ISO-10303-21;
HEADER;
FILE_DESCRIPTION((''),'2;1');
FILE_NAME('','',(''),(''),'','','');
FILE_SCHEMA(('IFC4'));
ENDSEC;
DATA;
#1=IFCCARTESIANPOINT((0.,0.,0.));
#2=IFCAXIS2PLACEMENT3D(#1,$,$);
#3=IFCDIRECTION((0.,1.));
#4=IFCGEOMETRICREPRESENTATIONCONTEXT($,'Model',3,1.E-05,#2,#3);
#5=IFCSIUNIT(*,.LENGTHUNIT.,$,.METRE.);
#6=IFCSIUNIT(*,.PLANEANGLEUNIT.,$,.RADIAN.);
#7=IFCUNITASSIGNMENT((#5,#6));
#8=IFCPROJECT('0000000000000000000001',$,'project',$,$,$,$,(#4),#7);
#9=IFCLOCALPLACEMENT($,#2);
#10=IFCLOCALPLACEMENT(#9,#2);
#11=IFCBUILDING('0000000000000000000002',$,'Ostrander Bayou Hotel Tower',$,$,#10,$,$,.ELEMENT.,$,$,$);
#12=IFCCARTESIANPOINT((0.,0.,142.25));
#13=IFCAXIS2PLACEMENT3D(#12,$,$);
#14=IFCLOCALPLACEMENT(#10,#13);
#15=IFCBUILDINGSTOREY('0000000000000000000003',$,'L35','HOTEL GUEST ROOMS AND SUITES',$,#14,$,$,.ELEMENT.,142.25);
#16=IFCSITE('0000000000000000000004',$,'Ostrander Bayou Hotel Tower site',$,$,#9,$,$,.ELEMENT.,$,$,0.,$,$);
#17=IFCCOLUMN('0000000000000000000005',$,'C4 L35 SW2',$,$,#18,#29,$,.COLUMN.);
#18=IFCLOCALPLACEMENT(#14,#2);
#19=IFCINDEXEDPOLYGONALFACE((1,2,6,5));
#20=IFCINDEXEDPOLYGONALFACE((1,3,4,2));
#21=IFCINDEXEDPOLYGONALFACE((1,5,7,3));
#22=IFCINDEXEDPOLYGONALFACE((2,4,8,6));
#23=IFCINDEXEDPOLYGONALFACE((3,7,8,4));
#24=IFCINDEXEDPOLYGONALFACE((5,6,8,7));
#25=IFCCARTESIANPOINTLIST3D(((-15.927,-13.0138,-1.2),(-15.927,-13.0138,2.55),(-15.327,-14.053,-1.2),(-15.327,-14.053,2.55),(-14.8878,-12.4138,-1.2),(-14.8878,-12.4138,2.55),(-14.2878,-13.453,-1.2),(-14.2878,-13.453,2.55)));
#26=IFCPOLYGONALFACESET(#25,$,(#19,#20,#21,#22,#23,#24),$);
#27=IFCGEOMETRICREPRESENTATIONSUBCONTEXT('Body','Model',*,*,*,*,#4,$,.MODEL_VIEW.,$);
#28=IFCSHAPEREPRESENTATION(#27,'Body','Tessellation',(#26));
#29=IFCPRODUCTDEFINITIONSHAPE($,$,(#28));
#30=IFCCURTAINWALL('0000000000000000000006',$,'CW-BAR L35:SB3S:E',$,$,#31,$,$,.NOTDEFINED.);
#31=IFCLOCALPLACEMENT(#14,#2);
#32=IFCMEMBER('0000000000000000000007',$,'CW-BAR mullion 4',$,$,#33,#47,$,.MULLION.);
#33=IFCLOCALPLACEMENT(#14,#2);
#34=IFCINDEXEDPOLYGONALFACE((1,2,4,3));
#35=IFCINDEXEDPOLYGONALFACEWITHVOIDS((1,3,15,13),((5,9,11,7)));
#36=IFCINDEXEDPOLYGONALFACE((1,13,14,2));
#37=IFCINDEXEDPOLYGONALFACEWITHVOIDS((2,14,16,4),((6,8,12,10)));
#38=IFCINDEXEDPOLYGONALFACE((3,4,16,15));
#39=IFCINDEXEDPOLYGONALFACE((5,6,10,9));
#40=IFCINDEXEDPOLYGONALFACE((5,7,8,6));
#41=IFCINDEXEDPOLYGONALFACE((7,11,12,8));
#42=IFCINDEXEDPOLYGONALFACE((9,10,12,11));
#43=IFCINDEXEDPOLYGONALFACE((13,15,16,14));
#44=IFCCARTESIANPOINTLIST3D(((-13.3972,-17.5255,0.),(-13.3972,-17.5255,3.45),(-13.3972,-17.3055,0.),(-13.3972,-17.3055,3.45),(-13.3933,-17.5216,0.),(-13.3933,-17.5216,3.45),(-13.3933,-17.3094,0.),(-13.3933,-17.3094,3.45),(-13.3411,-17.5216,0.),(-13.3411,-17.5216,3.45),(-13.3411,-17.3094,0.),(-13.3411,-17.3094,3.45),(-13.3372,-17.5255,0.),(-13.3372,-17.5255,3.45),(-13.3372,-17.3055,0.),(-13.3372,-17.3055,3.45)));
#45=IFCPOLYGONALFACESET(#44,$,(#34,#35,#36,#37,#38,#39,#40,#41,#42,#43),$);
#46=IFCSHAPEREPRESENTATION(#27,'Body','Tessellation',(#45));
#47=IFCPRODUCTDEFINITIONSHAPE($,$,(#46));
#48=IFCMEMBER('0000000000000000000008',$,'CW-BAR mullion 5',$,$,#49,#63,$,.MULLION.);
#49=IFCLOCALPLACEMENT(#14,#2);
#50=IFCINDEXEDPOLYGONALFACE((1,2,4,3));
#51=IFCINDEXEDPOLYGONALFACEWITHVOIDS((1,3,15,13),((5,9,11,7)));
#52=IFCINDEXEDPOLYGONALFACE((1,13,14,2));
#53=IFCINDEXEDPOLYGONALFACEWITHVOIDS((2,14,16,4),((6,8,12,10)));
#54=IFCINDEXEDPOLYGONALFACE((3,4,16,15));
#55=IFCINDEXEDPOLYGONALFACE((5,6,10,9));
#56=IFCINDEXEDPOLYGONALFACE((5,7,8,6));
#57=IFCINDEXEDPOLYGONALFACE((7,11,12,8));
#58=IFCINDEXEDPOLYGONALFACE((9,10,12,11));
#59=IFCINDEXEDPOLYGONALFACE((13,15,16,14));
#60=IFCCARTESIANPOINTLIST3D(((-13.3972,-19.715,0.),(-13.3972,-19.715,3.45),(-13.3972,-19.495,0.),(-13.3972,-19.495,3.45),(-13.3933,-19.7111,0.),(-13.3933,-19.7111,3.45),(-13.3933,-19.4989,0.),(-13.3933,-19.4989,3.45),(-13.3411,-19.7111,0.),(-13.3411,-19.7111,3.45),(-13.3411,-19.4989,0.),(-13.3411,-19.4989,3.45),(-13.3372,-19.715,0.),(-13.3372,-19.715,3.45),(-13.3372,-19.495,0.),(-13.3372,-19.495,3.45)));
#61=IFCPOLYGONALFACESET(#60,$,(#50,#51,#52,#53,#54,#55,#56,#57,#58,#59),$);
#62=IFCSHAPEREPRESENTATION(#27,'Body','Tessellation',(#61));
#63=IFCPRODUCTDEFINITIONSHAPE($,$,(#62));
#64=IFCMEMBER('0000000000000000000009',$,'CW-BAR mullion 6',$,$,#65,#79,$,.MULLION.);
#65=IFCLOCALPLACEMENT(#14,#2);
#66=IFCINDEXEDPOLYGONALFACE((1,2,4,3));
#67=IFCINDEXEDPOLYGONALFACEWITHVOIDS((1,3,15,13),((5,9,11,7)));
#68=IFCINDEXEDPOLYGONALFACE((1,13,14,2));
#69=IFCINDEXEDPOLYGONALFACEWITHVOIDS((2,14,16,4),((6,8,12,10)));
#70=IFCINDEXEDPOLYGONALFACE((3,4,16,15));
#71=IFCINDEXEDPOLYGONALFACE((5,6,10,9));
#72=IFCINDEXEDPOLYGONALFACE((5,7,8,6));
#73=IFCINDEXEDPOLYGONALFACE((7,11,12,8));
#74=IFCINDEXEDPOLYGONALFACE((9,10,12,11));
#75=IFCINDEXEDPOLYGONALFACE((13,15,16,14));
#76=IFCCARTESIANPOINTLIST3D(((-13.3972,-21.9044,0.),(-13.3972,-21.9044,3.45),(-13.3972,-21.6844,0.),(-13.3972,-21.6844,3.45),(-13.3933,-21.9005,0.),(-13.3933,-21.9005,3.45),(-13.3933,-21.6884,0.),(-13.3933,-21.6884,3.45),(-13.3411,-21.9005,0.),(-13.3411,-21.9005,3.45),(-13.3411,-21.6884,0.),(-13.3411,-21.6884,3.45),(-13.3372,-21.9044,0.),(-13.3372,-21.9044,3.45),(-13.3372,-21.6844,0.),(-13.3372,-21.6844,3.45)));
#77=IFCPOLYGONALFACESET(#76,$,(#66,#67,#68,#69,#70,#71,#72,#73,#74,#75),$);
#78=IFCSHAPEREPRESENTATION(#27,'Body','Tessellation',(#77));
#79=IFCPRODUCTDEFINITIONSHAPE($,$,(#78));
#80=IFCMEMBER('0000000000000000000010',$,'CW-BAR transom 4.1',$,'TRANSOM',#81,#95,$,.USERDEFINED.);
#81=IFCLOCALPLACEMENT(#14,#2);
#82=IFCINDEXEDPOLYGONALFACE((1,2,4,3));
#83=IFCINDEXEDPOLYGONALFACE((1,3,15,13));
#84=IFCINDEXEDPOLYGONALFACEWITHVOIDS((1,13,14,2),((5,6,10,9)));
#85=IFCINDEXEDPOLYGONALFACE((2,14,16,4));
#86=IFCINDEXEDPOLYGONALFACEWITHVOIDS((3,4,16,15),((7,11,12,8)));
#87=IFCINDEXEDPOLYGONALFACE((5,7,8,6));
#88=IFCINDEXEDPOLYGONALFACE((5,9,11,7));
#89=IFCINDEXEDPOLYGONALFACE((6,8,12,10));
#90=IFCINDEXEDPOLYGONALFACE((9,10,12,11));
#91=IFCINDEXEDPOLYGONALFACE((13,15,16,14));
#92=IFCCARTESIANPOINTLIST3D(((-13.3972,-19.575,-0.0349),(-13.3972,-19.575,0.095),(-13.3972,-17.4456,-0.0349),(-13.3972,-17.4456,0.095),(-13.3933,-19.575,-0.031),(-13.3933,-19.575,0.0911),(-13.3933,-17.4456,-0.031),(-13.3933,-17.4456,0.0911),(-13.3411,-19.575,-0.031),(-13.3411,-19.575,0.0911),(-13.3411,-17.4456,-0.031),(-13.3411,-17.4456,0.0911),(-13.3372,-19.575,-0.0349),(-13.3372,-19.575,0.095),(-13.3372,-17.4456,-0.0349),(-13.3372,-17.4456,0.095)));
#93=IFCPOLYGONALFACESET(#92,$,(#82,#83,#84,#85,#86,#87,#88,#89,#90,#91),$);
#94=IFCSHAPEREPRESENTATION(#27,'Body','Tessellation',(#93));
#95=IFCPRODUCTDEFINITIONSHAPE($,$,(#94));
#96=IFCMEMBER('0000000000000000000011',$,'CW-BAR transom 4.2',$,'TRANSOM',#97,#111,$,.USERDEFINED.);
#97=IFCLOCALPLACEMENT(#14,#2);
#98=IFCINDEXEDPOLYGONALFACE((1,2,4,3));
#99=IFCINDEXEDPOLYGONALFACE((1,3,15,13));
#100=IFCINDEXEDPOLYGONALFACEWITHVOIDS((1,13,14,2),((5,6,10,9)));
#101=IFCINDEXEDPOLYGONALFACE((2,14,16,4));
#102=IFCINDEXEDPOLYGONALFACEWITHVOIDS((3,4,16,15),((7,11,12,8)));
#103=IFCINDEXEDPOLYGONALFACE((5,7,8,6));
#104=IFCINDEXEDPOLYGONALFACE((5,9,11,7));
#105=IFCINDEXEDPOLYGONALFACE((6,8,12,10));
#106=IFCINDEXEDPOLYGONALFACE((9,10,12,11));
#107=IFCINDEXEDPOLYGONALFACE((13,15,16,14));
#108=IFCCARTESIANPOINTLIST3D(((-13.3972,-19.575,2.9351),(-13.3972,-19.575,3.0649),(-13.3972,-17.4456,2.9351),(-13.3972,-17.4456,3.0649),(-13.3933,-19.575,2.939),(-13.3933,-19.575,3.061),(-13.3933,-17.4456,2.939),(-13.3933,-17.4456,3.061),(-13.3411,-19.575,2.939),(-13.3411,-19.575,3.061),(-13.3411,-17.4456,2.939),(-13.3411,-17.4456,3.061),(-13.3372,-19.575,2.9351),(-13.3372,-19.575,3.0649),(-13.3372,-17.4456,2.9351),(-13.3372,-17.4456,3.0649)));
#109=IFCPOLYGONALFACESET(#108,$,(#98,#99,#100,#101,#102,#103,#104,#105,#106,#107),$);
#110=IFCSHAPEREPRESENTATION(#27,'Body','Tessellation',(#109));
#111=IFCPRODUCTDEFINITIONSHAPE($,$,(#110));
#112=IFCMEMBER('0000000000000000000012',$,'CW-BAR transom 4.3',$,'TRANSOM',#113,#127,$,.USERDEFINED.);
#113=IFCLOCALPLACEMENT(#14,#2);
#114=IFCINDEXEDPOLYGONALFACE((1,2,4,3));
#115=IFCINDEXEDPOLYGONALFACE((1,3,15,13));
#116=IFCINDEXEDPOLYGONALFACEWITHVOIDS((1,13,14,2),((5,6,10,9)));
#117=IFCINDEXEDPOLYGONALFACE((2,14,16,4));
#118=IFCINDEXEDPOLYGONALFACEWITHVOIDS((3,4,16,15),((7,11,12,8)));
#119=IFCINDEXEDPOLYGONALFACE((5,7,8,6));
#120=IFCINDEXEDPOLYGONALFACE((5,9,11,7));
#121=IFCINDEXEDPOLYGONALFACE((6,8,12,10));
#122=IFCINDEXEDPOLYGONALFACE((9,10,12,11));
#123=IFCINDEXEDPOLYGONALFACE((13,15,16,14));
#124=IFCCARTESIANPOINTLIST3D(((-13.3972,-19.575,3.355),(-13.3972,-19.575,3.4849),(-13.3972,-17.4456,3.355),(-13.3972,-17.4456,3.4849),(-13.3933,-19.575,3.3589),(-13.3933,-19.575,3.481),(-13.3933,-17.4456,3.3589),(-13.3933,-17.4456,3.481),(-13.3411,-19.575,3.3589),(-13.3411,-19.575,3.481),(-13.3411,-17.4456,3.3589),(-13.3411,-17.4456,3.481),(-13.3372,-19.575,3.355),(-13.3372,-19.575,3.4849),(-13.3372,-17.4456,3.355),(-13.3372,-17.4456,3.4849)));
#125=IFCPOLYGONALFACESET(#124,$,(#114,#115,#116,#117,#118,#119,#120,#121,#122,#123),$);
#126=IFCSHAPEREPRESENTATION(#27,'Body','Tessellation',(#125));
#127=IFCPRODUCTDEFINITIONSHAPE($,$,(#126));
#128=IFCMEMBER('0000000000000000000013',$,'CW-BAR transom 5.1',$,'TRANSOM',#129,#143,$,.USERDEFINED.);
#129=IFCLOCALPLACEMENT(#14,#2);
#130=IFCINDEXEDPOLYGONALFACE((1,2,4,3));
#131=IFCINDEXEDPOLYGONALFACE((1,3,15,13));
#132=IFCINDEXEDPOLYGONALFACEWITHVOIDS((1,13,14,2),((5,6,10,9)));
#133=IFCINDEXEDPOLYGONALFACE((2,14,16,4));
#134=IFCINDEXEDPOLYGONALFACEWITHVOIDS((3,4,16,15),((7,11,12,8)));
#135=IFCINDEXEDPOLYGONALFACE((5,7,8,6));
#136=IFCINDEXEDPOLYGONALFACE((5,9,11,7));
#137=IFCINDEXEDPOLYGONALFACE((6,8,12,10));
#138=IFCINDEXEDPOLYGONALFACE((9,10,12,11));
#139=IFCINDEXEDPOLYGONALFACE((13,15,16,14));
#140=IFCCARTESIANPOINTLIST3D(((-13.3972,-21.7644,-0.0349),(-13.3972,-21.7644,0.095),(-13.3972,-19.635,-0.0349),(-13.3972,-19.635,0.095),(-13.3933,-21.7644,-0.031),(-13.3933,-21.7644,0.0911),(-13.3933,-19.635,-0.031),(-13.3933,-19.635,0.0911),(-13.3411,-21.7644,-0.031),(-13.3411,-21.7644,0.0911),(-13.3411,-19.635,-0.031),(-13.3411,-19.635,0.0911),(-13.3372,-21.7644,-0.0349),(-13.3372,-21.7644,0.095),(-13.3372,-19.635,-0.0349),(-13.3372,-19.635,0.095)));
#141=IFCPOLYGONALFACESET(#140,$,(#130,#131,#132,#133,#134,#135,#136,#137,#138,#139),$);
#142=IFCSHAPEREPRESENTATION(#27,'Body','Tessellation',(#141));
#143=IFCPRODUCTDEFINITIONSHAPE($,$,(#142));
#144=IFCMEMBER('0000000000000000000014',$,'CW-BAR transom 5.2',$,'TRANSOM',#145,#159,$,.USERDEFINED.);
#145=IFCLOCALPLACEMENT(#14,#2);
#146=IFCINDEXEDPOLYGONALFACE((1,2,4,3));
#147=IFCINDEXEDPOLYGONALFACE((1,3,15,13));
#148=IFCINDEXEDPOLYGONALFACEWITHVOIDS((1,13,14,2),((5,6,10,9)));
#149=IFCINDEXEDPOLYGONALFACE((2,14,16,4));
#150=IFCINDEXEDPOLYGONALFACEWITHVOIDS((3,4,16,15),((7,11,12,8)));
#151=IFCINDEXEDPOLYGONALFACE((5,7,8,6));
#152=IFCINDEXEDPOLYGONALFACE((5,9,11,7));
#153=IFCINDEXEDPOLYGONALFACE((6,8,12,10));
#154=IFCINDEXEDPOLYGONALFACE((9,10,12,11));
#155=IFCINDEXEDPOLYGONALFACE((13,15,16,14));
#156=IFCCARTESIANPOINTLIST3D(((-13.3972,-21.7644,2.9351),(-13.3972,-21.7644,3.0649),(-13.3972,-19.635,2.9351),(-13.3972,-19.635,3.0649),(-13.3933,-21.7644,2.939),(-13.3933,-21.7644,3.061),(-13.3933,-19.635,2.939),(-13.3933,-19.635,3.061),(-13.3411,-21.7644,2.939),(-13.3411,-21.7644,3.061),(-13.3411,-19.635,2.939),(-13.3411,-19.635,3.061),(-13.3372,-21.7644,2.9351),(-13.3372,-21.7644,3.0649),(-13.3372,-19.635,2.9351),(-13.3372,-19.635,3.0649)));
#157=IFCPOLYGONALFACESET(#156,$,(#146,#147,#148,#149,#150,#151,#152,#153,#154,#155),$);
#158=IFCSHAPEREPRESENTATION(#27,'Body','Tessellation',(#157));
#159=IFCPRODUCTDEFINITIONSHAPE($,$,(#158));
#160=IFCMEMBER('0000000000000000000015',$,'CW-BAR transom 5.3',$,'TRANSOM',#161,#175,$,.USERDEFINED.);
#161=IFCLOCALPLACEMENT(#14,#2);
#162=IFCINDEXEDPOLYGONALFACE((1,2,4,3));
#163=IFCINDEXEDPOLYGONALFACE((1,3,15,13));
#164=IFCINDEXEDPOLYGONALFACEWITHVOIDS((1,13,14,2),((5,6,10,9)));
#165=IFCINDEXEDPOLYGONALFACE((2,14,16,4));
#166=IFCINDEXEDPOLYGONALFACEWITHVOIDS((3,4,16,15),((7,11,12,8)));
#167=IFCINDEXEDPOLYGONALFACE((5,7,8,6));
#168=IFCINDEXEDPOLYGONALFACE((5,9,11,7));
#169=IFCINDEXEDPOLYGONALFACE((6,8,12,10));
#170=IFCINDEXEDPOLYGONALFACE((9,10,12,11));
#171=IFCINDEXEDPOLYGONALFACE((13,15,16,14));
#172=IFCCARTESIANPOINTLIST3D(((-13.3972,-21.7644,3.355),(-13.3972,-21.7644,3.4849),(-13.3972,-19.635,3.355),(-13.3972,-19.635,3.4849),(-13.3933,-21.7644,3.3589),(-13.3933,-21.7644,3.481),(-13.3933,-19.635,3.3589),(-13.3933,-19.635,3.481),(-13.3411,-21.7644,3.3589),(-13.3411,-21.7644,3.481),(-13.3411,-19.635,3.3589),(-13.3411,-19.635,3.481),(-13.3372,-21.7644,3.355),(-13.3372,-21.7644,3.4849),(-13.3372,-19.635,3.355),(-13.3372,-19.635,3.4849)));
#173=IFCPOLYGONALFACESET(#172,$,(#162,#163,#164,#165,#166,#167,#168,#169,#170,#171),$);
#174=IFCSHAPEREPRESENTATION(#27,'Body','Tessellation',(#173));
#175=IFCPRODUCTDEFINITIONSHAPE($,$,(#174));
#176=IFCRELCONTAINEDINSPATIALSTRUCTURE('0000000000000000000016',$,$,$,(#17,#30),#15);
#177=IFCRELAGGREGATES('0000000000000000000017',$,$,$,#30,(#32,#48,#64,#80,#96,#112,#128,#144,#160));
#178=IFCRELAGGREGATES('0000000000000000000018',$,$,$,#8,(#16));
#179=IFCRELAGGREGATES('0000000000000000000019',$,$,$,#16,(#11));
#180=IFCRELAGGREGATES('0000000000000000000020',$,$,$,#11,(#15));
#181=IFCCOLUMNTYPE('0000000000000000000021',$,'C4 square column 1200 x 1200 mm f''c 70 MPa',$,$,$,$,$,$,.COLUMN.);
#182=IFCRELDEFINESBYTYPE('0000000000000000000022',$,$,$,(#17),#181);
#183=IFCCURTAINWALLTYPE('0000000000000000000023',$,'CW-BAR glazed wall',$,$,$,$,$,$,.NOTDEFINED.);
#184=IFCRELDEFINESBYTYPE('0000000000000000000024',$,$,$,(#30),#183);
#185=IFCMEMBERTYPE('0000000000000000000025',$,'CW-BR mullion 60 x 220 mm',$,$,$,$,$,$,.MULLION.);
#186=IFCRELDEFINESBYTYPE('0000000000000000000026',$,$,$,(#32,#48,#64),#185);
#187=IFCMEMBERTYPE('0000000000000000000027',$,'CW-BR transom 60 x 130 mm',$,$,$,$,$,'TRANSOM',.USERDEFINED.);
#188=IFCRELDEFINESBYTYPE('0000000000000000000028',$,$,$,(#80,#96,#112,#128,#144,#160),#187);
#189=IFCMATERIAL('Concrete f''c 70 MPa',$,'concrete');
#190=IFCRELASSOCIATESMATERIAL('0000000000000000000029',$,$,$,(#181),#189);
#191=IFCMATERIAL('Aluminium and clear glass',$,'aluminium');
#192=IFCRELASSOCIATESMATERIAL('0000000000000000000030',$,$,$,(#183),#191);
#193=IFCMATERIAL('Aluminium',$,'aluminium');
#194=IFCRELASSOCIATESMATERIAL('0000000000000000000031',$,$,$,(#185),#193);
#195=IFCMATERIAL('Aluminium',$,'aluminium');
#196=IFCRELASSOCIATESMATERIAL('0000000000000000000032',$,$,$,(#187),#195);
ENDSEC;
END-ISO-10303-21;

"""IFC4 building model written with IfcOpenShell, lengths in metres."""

from ifc_helpers import new_model, si_unit, direction, frame, origin, origin_2d, place, context, subcontext, project, spatial, rectangle, hollow_rectangle, extrude, material, material_profile, profile_set, type_object, element, aggregate, save


model = new_model("IFC4")

# Units and contexts
model_context = context("Model", 3, precision=1e-05, world=origin(), true_north=direction((0.0, 1.0)))
body_context = subcontext(model_context, "Body", "Model", "MODEL_VIEW")
ifc_project = project(units=[si_unit("LENGTHUNIT", "METRE"), si_unit("PLANEANGLEUNIT", "RADIAN")], contexts=[model_context])

# Site, building, storey
site_placement = place(None, origin())
site = spatial("IfcSite", under=ifc_project, at=site_placement, Name="Ostrander Bayou Hotel Tower site", CompositionType="ELEMENT", RefElevation=0.0)
building_placement = place(site_placement, origin())
building = spatial("IfcBuilding", under=site, at=building_placement, Name="Ostrander Bayou Hotel Tower", CompositionType="ELEMENT")
storey_placement = place(building_placement, frame((0.0, 0.0, 142.25)))
storey = spatial("IfcBuildingStorey", under=building, at=storey_placement, Name="L35", Description="HOTEL GUEST ROOMS AND SUITES", CompositionType="ELEMENT", Elevation=142.25)

# Column
ifc_material_1 = material(Name="Concrete f'c 70 MPa", Category="concrete")
ifc_material_profile_1 = material_profile(ifc_material_1, rectangle(XDim=1.2, YDim=1.2, at=origin_2d()))
ifc_profile_set_1 = profile_set([ifc_material_profile_1], Name="Concrete f'c 70 MPa")
column_type = type_object("IfcColumnType", Name="C4 square column 1200 x 1200 mm f'c 70 MPa", PredefinedType="COLUMN", material=ifc_profile_set_1)
column_placement = place(storey_placement, frame((-15.1074, -13.2334, -1.2), z_axis=(0.0, 0.0, 1.0), x_axis=(-0.5, 0.866025, 0.0)))
element("IfcColumn", 1, at=column_placement, inside=storey, type_object=column_type, Name="C4 L35 SW2", PredefinedType="COLUMN", context=body_context, shape_type="SweptSolid", body=[
    extrude(rectangle(XDim=1.2, YDim=1.2, at=origin_2d()), origin(), (0.0, 0.0, 1.0), 3.75),
])

# Curtain wall, members
ifc_material_2 = material(Name="Aluminium and clear glass", Category="aluminium")
curtain_wall_type = type_object("IfcCurtainWallType", Name="CW-BAR glazed wall", PredefinedType="NOTDEFINED", material=ifc_material_2)
curtain_wall_placement = place(storey_placement, origin())
curtain_wall = element("IfcCurtainWall", 2, at=curtain_wall_placement, inside=storey, type_object=curtain_wall_type, Name="CW-BAR L35:SB3S:E", PredefinedType="NOTDEFINED")
ifc_material_3 = material(Name="Aluminium", Category="aluminium")
ifc_material_profile_2 = material_profile(ifc_material_3, hollow_rectangle(XDim=0.0601, YDim=0.22, WallThickness=0.0039, at=origin_2d()))
ifc_profile_set_2 = profile_set([ifc_material_profile_2], Name="Aluminium")
member_type_1 = type_object("IfcMemberType", Name="CW-BR mullion 60 x 220 mm", PredefinedType="MULLION", material=ifc_profile_set_2)
member_1_placement = place(storey_placement, frame((-13.3672, -17.4155, 0.0), z_axis=(0.0, 0.0, 1.0), x_axis=(1.0, 0.0, 0.0)))
member_1 = element("IfcMember", 3, at=member_1_placement, type_object=member_type_1, Name="CW-BAR mullion 4", PredefinedType="MULLION", context=body_context, shape_type="SweptSolid", body=[
    extrude(hollow_rectangle(XDim=0.0601, YDim=0.22, WallThickness=0.0039, at=origin_2d()), origin(), (0.0, 0.0, 1.0), 3.45),
])
member_2_placement = place(storey_placement, frame((-13.3672, -19.605, 0.0), z_axis=(0.0, 0.0, 1.0), x_axis=(1.0, 0.0, 0.0)))
member_2 = element("IfcMember", 4, at=member_2_placement, type_object=member_type_1, Name="CW-BAR mullion 5", PredefinedType="MULLION", context=body_context, shape_type="SweptSolid", body=[
    extrude(hollow_rectangle(XDim=0.0601, YDim=0.22, WallThickness=0.0039, at=origin_2d()), origin(), (0.0, 0.0, 1.0), 3.45),
])
member_3_placement = place(storey_placement, frame((-13.3672, -21.7944, 0.0), z_axis=(0.0, 0.0, 1.0), x_axis=(1.0, 0.0, 0.0)))
member_3 = element("IfcMember", 5, at=member_3_placement, type_object=member_type_1, Name="CW-BAR mullion 6", PredefinedType="MULLION", context=body_context, shape_type="SweptSolid", body=[
    extrude(hollow_rectangle(XDim=0.0601, YDim=0.22, WallThickness=0.0039, at=origin_2d()), origin(), (0.0, 0.0, 1.0), 3.45),
])
ifc_material_4 = material(Name="Aluminium", Category="aluminium")
ifc_material_profile_3 = material_profile(ifc_material_4, hollow_rectangle(XDim=0.0601, YDim=0.1299, WallThickness=0.0039, at=origin_2d()))
ifc_profile_set_3 = profile_set([ifc_material_profile_3], Name="Aluminium")
member_type_2 = type_object("IfcMemberType", Name="CW-BR transom 60 x 130 mm", ElementType="TRANSOM", PredefinedType="USERDEFINED", material=ifc_profile_set_3)
member_4_placement = place(storey_placement, frame((-13.3672, -17.4456, 0.03), z_axis=(0.0, -1.0, 0.0), x_axis=(1.0, 0.0, 0.0)))
member_4 = element("IfcMember", 6, at=member_4_placement, type_object=member_type_2, Name="CW-BAR transom 4.1", ObjectType="TRANSOM", PredefinedType="USERDEFINED", context=body_context, shape_type="SweptSolid", body=[
    extrude(hollow_rectangle(XDim=0.0601, YDim=0.1299, WallThickness=0.0039, at=origin_2d()), origin(), (0.0, 0.0, 1.0), 2.1294),
])
member_5_placement = place(storey_placement, frame((-13.3672, -17.4456, 3.0), z_axis=(0.0, -1.0, 0.0), x_axis=(1.0, 0.0, 0.0)))
member_5 = element("IfcMember", 7, at=member_5_placement, type_object=member_type_2, Name="CW-BAR transom 4.2", ObjectType="TRANSOM", PredefinedType="USERDEFINED", context=body_context, shape_type="SweptSolid", body=[
    extrude(hollow_rectangle(XDim=0.0601, YDim=0.1299, WallThickness=0.0039, at=origin_2d()), origin(), (0.0, 0.0, 1.0), 2.1294),
])
member_6_placement = place(storey_placement, frame((-13.3672, -17.4456, 3.4199), z_axis=(0.0, -1.0, 0.0), x_axis=(1.0, 0.0, 0.0)))
member_6 = element("IfcMember", 8, at=member_6_placement, type_object=member_type_2, Name="CW-BAR transom 4.3", ObjectType="TRANSOM", PredefinedType="USERDEFINED", context=body_context, shape_type="SweptSolid", body=[
    extrude(hollow_rectangle(XDim=0.0601, YDim=0.1299, WallThickness=0.0039, at=origin_2d()), origin(), (0.0, 0.0, 1.0), 2.1294),
])
member_7_placement = place(storey_placement, frame((-13.3672, -19.635, 0.03), z_axis=(0.0, -1.0, 0.0), x_axis=(1.0, 0.0, 0.0)))
member_7 = element("IfcMember", 9, at=member_7_placement, type_object=member_type_2, Name="CW-BAR transom 5.1", ObjectType="TRANSOM", PredefinedType="USERDEFINED", context=body_context, shape_type="SweptSolid", body=[
    extrude(hollow_rectangle(XDim=0.0601, YDim=0.1299, WallThickness=0.0039, at=origin_2d()), origin(), (0.0, 0.0, 1.0), 2.1294),
])
member_8_placement = place(storey_placement, frame((-13.3672, -19.635, 3.0), z_axis=(0.0, -1.0, 0.0), x_axis=(1.0, 0.0, 0.0)))
member_8 = element("IfcMember", 10, at=member_8_placement, type_object=member_type_2, Name="CW-BAR transom 5.2", ObjectType="TRANSOM", PredefinedType="USERDEFINED", context=body_context, shape_type="SweptSolid", body=[
    extrude(hollow_rectangle(XDim=0.0601, YDim=0.1299, WallThickness=0.0039, at=origin_2d()), origin(), (0.0, 0.0, 1.0), 2.1294),
])
member_9_placement = place(storey_placement, frame((-13.3672, -19.635, 3.4199), z_axis=(0.0, -1.0, 0.0), x_axis=(1.0, 0.0, 0.0)))
member_9 = element("IfcMember", 11, at=member_9_placement, type_object=member_type_2, Name="CW-BAR transom 5.3", ObjectType="TRANSOM", PredefinedType="USERDEFINED", context=body_context, shape_type="SweptSolid", body=[
    extrude(hollow_rectangle(XDim=0.0601, YDim=0.1299, WallThickness=0.0039, at=origin_2d()), origin(), (0.0, 0.0, 1.0), 2.1294),
])

aggregate(curtain_wall, [member_1, member_2, member_3, member_4, member_5, member_6, member_7, member_8, member_9])

save(model, "model.ifc")
